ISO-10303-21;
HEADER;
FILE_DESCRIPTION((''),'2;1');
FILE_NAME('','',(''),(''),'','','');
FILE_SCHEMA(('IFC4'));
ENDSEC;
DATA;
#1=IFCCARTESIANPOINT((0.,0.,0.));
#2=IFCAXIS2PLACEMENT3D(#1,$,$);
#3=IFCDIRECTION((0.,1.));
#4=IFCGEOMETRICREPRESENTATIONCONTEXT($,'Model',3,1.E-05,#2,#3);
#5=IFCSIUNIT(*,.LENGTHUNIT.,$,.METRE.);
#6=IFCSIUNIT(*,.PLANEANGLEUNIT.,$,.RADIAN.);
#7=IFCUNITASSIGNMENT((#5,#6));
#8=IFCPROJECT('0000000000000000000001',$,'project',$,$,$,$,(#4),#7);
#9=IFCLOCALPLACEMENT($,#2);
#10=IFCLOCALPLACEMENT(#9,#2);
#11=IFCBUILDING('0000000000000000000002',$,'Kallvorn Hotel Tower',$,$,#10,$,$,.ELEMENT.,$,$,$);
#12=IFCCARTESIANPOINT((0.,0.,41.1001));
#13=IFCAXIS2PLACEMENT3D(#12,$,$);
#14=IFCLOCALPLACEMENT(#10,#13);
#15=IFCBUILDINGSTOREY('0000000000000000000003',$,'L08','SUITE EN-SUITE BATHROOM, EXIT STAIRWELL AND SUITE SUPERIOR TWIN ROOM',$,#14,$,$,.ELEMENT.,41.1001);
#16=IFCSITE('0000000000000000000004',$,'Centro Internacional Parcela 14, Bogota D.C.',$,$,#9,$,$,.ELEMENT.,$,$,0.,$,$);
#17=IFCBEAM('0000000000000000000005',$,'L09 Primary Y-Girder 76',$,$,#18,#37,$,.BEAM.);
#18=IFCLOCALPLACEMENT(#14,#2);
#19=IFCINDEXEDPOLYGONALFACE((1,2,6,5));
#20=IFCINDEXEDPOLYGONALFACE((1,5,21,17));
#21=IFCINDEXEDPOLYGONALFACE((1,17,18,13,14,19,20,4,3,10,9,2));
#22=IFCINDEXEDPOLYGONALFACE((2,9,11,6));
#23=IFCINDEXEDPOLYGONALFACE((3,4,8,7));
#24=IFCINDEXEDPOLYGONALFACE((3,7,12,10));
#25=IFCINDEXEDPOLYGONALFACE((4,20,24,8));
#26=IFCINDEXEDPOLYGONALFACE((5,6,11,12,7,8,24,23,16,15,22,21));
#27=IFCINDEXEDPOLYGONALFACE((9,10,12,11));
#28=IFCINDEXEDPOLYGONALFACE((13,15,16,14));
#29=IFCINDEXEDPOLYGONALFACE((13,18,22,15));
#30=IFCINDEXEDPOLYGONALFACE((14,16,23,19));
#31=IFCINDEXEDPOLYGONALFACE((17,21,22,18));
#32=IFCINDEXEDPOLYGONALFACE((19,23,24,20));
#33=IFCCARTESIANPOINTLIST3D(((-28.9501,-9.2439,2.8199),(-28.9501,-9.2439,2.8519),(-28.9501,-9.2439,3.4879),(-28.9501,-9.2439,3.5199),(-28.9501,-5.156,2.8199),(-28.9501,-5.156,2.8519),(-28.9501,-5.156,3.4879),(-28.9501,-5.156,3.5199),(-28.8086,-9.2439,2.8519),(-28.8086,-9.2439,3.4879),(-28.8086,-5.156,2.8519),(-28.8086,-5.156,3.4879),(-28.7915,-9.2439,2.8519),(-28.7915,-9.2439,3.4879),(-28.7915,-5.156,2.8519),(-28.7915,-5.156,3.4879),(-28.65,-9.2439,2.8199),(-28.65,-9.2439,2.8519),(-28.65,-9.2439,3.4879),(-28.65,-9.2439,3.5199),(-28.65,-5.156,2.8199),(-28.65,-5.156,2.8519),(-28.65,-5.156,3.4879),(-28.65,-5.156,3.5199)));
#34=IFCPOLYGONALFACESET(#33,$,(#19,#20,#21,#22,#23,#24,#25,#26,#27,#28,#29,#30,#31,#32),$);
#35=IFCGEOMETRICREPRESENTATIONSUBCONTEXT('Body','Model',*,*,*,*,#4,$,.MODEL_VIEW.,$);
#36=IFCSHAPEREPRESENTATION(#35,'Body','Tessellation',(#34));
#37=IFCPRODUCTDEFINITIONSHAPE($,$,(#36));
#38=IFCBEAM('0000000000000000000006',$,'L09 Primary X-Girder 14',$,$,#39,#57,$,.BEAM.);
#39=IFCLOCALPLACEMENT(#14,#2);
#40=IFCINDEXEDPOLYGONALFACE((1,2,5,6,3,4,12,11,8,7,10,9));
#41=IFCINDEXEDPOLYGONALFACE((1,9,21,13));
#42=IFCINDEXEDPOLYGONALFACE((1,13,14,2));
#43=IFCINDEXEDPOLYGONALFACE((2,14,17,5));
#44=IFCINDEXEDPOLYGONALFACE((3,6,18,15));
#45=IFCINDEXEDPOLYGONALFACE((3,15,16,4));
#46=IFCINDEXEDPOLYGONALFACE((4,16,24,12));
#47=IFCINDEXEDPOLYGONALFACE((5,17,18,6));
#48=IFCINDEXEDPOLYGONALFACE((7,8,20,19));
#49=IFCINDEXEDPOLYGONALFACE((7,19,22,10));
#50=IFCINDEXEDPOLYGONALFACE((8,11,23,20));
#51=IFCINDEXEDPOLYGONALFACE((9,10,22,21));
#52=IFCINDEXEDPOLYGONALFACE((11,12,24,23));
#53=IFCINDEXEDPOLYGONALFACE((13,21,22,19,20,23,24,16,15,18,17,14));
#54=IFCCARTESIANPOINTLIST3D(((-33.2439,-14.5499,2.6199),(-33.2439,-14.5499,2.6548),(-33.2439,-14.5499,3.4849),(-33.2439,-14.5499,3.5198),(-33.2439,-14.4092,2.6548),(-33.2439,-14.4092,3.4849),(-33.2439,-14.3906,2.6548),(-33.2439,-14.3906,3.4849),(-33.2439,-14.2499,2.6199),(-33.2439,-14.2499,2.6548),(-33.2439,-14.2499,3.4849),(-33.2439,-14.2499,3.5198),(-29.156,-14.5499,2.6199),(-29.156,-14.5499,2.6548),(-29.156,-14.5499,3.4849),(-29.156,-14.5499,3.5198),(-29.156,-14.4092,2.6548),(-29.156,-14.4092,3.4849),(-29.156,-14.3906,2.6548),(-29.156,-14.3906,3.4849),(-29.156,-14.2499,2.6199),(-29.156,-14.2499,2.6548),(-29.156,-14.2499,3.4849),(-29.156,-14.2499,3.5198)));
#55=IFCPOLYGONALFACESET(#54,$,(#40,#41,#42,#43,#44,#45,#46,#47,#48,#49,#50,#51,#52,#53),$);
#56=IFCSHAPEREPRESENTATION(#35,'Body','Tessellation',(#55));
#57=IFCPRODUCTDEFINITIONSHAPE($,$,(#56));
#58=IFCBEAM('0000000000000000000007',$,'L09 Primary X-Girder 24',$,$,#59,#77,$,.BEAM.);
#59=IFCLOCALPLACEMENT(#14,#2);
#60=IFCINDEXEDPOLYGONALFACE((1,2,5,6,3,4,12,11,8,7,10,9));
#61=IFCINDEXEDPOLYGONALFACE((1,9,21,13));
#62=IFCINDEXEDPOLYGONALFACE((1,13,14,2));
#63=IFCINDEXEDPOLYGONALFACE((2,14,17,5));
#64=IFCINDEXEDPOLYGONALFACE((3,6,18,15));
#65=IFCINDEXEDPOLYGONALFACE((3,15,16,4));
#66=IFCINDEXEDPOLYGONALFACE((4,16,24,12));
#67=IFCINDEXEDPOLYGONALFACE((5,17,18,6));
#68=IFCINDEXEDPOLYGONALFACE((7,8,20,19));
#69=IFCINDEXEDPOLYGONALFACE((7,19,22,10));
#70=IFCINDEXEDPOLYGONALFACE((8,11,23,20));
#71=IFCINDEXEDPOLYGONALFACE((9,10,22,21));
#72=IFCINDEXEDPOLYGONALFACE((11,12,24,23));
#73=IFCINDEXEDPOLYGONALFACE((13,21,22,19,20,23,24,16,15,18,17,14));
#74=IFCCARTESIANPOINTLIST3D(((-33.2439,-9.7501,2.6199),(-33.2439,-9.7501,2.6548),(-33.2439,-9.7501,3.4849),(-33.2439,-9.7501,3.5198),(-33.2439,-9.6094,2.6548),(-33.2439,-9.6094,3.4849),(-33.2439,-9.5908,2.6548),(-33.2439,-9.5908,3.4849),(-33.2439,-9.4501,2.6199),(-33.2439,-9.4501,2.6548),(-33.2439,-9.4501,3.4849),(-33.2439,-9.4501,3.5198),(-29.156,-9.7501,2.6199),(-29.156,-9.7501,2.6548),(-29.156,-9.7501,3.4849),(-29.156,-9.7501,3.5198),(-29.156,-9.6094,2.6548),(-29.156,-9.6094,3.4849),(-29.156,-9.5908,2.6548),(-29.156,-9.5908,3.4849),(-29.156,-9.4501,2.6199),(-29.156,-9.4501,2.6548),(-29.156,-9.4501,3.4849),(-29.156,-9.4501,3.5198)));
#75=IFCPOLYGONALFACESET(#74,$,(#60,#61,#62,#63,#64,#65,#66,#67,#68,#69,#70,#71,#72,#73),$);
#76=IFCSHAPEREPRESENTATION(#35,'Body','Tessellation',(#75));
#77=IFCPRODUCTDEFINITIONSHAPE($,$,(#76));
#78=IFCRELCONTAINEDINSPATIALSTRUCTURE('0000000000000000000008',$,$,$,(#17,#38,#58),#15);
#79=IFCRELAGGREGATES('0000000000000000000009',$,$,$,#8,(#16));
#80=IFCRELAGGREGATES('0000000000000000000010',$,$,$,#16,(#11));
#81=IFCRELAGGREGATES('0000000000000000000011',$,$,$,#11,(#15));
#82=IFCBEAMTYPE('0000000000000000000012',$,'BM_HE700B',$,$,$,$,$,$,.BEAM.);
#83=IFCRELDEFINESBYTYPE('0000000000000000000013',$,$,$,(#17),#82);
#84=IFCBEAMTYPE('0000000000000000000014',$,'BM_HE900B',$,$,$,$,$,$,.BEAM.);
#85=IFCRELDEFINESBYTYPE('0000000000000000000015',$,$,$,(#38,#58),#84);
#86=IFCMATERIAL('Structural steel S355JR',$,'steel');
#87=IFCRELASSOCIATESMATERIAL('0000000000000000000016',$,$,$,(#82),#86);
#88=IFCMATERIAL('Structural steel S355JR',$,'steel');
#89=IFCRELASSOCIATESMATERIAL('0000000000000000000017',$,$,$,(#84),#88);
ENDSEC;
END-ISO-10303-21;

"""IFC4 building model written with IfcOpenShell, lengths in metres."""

from ifc_helpers import new_model, si_unit, direction, frame, origin, origin_2d, place, context, subcontext, project, spatial, i_section, extrude, material, material_profile, profile_set, type_object, element, save


model = new_model("IFC4")

# Units and contexts
model_context = context("Model", 3, precision=1e-05, world=origin(), true_north=direction((0.0, 1.0)))
body_context = subcontext(model_context, "Body", "Model", "MODEL_VIEW")
ifc_project = project(units=[si_unit("LENGTHUNIT", "METRE"), si_unit("PLANEANGLEUNIT", "RADIAN")], contexts=[model_context])

# Site, building, storey
site_placement = place(None, origin())
site = spatial("IfcSite", under=ifc_project, at=site_placement, Name="Centro Internacional Parcela 14, Bogota D.C.", CompositionType="ELEMENT", RefElevation=0.0)
building_placement = place(site_placement, origin())
building = spatial("IfcBuilding", under=site, at=building_placement, Name="Kallvorn Hotel Tower", CompositionType="ELEMENT")
storey_placement = place(building_placement, frame((0.0, 0.0, 41.1001)))
storey = spatial("IfcBuildingStorey", under=building, at=storey_placement, Name="L08", Description="SUITE EN-SUITE BATHROOM, EXIT STAIRWELL AND SUITE SUPERIOR TWIN ROOM", CompositionType="ELEMENT", Elevation=41.1001)

# Beams
ifc_material_1 = material(Name="Structural steel S355JR", Category="steel")
ifc_material_profile_1 = material_profile(ifc_material_1, i_section(OverallWidth=0.3, OverallDepth=0.7, WebThickness=0.0171, FlangeThickness=0.032, at=origin_2d()), Name="HE 700 B")
ifc_profile_set_1 = profile_set([ifc_material_profile_1], Name="Structural steel S355JR")
beam_type_1 = type_object("IfcBeamType", Name="BM_HE700B", PredefinedType="BEAM", material=ifc_profile_set_1)
for number, where, z_axis, x_axis, name in (
    (1, (-28.8, -9.2439, 3.1699), (0.0, 1.0, 0.0), (-1.0, 0.0, 0.0), "L09 Primary Y-Girder 76"),
):
    element("IfcBeam", number, at=place(storey_placement, frame(where, z_axis=z_axis, x_axis=x_axis)), inside=storey, type_object=beam_type_1, Name=name, PredefinedType="BEAM", context=body_context, shape_type="SweptSolid", body=[
        extrude(i_section(OverallWidth=0.3, OverallDepth=0.7, WebThickness=0.0171, FlangeThickness=0.032, at=origin_2d()), origin(), (0.0, 0.0, 1.0), 4.0879),
    ])
ifc_material_2 = material(Name="Structural steel S355JR", Category="steel")
ifc_material_profile_2 = material_profile(ifc_material_2, i_section(OverallWidth=0.3, OverallDepth=0.8999, WebThickness=0.0186, FlangeThickness=0.0349, at=origin_2d()), Name="HE 900 B")
ifc_profile_set_2 = profile_set([ifc_material_profile_2], Name="Structural steel S355JR")
beam_type_2 = type_object("IfcBeamType", Name="BM_HE900B", PredefinedType="BEAM", material=ifc_profile_set_2)
for number, where, z_axis, x_axis, name in (
    (2, (-33.2439, -14.3999, 3.0698), (1.0, 0.0, 0.0), (0.0, 1.0, 0.0), "L09 Primary X-Girder 14"),
    (3, (-33.2439, -9.6001, 3.0698), (1.0, 0.0, 0.0), (0.0, 1.0, 0.0), "L09 Primary X-Girder 24"),
):
    element("IfcBeam", number, at=place(storey_placement, frame(where, z_axis=z_axis, x_axis=x_axis)), inside=storey, type_object=beam_type_2, Name=name, PredefinedType="BEAM", context=body_context, shape_type="SweptSolid", body=[
        extrude(i_section(OverallWidth=0.3, OverallDepth=0.8999, WebThickness=0.0186, FlangeThickness=0.0349, at=origin_2d()), origin(), (0.0, 0.0, 1.0), 4.0879),
    ])

save(model, "model.ifc")
